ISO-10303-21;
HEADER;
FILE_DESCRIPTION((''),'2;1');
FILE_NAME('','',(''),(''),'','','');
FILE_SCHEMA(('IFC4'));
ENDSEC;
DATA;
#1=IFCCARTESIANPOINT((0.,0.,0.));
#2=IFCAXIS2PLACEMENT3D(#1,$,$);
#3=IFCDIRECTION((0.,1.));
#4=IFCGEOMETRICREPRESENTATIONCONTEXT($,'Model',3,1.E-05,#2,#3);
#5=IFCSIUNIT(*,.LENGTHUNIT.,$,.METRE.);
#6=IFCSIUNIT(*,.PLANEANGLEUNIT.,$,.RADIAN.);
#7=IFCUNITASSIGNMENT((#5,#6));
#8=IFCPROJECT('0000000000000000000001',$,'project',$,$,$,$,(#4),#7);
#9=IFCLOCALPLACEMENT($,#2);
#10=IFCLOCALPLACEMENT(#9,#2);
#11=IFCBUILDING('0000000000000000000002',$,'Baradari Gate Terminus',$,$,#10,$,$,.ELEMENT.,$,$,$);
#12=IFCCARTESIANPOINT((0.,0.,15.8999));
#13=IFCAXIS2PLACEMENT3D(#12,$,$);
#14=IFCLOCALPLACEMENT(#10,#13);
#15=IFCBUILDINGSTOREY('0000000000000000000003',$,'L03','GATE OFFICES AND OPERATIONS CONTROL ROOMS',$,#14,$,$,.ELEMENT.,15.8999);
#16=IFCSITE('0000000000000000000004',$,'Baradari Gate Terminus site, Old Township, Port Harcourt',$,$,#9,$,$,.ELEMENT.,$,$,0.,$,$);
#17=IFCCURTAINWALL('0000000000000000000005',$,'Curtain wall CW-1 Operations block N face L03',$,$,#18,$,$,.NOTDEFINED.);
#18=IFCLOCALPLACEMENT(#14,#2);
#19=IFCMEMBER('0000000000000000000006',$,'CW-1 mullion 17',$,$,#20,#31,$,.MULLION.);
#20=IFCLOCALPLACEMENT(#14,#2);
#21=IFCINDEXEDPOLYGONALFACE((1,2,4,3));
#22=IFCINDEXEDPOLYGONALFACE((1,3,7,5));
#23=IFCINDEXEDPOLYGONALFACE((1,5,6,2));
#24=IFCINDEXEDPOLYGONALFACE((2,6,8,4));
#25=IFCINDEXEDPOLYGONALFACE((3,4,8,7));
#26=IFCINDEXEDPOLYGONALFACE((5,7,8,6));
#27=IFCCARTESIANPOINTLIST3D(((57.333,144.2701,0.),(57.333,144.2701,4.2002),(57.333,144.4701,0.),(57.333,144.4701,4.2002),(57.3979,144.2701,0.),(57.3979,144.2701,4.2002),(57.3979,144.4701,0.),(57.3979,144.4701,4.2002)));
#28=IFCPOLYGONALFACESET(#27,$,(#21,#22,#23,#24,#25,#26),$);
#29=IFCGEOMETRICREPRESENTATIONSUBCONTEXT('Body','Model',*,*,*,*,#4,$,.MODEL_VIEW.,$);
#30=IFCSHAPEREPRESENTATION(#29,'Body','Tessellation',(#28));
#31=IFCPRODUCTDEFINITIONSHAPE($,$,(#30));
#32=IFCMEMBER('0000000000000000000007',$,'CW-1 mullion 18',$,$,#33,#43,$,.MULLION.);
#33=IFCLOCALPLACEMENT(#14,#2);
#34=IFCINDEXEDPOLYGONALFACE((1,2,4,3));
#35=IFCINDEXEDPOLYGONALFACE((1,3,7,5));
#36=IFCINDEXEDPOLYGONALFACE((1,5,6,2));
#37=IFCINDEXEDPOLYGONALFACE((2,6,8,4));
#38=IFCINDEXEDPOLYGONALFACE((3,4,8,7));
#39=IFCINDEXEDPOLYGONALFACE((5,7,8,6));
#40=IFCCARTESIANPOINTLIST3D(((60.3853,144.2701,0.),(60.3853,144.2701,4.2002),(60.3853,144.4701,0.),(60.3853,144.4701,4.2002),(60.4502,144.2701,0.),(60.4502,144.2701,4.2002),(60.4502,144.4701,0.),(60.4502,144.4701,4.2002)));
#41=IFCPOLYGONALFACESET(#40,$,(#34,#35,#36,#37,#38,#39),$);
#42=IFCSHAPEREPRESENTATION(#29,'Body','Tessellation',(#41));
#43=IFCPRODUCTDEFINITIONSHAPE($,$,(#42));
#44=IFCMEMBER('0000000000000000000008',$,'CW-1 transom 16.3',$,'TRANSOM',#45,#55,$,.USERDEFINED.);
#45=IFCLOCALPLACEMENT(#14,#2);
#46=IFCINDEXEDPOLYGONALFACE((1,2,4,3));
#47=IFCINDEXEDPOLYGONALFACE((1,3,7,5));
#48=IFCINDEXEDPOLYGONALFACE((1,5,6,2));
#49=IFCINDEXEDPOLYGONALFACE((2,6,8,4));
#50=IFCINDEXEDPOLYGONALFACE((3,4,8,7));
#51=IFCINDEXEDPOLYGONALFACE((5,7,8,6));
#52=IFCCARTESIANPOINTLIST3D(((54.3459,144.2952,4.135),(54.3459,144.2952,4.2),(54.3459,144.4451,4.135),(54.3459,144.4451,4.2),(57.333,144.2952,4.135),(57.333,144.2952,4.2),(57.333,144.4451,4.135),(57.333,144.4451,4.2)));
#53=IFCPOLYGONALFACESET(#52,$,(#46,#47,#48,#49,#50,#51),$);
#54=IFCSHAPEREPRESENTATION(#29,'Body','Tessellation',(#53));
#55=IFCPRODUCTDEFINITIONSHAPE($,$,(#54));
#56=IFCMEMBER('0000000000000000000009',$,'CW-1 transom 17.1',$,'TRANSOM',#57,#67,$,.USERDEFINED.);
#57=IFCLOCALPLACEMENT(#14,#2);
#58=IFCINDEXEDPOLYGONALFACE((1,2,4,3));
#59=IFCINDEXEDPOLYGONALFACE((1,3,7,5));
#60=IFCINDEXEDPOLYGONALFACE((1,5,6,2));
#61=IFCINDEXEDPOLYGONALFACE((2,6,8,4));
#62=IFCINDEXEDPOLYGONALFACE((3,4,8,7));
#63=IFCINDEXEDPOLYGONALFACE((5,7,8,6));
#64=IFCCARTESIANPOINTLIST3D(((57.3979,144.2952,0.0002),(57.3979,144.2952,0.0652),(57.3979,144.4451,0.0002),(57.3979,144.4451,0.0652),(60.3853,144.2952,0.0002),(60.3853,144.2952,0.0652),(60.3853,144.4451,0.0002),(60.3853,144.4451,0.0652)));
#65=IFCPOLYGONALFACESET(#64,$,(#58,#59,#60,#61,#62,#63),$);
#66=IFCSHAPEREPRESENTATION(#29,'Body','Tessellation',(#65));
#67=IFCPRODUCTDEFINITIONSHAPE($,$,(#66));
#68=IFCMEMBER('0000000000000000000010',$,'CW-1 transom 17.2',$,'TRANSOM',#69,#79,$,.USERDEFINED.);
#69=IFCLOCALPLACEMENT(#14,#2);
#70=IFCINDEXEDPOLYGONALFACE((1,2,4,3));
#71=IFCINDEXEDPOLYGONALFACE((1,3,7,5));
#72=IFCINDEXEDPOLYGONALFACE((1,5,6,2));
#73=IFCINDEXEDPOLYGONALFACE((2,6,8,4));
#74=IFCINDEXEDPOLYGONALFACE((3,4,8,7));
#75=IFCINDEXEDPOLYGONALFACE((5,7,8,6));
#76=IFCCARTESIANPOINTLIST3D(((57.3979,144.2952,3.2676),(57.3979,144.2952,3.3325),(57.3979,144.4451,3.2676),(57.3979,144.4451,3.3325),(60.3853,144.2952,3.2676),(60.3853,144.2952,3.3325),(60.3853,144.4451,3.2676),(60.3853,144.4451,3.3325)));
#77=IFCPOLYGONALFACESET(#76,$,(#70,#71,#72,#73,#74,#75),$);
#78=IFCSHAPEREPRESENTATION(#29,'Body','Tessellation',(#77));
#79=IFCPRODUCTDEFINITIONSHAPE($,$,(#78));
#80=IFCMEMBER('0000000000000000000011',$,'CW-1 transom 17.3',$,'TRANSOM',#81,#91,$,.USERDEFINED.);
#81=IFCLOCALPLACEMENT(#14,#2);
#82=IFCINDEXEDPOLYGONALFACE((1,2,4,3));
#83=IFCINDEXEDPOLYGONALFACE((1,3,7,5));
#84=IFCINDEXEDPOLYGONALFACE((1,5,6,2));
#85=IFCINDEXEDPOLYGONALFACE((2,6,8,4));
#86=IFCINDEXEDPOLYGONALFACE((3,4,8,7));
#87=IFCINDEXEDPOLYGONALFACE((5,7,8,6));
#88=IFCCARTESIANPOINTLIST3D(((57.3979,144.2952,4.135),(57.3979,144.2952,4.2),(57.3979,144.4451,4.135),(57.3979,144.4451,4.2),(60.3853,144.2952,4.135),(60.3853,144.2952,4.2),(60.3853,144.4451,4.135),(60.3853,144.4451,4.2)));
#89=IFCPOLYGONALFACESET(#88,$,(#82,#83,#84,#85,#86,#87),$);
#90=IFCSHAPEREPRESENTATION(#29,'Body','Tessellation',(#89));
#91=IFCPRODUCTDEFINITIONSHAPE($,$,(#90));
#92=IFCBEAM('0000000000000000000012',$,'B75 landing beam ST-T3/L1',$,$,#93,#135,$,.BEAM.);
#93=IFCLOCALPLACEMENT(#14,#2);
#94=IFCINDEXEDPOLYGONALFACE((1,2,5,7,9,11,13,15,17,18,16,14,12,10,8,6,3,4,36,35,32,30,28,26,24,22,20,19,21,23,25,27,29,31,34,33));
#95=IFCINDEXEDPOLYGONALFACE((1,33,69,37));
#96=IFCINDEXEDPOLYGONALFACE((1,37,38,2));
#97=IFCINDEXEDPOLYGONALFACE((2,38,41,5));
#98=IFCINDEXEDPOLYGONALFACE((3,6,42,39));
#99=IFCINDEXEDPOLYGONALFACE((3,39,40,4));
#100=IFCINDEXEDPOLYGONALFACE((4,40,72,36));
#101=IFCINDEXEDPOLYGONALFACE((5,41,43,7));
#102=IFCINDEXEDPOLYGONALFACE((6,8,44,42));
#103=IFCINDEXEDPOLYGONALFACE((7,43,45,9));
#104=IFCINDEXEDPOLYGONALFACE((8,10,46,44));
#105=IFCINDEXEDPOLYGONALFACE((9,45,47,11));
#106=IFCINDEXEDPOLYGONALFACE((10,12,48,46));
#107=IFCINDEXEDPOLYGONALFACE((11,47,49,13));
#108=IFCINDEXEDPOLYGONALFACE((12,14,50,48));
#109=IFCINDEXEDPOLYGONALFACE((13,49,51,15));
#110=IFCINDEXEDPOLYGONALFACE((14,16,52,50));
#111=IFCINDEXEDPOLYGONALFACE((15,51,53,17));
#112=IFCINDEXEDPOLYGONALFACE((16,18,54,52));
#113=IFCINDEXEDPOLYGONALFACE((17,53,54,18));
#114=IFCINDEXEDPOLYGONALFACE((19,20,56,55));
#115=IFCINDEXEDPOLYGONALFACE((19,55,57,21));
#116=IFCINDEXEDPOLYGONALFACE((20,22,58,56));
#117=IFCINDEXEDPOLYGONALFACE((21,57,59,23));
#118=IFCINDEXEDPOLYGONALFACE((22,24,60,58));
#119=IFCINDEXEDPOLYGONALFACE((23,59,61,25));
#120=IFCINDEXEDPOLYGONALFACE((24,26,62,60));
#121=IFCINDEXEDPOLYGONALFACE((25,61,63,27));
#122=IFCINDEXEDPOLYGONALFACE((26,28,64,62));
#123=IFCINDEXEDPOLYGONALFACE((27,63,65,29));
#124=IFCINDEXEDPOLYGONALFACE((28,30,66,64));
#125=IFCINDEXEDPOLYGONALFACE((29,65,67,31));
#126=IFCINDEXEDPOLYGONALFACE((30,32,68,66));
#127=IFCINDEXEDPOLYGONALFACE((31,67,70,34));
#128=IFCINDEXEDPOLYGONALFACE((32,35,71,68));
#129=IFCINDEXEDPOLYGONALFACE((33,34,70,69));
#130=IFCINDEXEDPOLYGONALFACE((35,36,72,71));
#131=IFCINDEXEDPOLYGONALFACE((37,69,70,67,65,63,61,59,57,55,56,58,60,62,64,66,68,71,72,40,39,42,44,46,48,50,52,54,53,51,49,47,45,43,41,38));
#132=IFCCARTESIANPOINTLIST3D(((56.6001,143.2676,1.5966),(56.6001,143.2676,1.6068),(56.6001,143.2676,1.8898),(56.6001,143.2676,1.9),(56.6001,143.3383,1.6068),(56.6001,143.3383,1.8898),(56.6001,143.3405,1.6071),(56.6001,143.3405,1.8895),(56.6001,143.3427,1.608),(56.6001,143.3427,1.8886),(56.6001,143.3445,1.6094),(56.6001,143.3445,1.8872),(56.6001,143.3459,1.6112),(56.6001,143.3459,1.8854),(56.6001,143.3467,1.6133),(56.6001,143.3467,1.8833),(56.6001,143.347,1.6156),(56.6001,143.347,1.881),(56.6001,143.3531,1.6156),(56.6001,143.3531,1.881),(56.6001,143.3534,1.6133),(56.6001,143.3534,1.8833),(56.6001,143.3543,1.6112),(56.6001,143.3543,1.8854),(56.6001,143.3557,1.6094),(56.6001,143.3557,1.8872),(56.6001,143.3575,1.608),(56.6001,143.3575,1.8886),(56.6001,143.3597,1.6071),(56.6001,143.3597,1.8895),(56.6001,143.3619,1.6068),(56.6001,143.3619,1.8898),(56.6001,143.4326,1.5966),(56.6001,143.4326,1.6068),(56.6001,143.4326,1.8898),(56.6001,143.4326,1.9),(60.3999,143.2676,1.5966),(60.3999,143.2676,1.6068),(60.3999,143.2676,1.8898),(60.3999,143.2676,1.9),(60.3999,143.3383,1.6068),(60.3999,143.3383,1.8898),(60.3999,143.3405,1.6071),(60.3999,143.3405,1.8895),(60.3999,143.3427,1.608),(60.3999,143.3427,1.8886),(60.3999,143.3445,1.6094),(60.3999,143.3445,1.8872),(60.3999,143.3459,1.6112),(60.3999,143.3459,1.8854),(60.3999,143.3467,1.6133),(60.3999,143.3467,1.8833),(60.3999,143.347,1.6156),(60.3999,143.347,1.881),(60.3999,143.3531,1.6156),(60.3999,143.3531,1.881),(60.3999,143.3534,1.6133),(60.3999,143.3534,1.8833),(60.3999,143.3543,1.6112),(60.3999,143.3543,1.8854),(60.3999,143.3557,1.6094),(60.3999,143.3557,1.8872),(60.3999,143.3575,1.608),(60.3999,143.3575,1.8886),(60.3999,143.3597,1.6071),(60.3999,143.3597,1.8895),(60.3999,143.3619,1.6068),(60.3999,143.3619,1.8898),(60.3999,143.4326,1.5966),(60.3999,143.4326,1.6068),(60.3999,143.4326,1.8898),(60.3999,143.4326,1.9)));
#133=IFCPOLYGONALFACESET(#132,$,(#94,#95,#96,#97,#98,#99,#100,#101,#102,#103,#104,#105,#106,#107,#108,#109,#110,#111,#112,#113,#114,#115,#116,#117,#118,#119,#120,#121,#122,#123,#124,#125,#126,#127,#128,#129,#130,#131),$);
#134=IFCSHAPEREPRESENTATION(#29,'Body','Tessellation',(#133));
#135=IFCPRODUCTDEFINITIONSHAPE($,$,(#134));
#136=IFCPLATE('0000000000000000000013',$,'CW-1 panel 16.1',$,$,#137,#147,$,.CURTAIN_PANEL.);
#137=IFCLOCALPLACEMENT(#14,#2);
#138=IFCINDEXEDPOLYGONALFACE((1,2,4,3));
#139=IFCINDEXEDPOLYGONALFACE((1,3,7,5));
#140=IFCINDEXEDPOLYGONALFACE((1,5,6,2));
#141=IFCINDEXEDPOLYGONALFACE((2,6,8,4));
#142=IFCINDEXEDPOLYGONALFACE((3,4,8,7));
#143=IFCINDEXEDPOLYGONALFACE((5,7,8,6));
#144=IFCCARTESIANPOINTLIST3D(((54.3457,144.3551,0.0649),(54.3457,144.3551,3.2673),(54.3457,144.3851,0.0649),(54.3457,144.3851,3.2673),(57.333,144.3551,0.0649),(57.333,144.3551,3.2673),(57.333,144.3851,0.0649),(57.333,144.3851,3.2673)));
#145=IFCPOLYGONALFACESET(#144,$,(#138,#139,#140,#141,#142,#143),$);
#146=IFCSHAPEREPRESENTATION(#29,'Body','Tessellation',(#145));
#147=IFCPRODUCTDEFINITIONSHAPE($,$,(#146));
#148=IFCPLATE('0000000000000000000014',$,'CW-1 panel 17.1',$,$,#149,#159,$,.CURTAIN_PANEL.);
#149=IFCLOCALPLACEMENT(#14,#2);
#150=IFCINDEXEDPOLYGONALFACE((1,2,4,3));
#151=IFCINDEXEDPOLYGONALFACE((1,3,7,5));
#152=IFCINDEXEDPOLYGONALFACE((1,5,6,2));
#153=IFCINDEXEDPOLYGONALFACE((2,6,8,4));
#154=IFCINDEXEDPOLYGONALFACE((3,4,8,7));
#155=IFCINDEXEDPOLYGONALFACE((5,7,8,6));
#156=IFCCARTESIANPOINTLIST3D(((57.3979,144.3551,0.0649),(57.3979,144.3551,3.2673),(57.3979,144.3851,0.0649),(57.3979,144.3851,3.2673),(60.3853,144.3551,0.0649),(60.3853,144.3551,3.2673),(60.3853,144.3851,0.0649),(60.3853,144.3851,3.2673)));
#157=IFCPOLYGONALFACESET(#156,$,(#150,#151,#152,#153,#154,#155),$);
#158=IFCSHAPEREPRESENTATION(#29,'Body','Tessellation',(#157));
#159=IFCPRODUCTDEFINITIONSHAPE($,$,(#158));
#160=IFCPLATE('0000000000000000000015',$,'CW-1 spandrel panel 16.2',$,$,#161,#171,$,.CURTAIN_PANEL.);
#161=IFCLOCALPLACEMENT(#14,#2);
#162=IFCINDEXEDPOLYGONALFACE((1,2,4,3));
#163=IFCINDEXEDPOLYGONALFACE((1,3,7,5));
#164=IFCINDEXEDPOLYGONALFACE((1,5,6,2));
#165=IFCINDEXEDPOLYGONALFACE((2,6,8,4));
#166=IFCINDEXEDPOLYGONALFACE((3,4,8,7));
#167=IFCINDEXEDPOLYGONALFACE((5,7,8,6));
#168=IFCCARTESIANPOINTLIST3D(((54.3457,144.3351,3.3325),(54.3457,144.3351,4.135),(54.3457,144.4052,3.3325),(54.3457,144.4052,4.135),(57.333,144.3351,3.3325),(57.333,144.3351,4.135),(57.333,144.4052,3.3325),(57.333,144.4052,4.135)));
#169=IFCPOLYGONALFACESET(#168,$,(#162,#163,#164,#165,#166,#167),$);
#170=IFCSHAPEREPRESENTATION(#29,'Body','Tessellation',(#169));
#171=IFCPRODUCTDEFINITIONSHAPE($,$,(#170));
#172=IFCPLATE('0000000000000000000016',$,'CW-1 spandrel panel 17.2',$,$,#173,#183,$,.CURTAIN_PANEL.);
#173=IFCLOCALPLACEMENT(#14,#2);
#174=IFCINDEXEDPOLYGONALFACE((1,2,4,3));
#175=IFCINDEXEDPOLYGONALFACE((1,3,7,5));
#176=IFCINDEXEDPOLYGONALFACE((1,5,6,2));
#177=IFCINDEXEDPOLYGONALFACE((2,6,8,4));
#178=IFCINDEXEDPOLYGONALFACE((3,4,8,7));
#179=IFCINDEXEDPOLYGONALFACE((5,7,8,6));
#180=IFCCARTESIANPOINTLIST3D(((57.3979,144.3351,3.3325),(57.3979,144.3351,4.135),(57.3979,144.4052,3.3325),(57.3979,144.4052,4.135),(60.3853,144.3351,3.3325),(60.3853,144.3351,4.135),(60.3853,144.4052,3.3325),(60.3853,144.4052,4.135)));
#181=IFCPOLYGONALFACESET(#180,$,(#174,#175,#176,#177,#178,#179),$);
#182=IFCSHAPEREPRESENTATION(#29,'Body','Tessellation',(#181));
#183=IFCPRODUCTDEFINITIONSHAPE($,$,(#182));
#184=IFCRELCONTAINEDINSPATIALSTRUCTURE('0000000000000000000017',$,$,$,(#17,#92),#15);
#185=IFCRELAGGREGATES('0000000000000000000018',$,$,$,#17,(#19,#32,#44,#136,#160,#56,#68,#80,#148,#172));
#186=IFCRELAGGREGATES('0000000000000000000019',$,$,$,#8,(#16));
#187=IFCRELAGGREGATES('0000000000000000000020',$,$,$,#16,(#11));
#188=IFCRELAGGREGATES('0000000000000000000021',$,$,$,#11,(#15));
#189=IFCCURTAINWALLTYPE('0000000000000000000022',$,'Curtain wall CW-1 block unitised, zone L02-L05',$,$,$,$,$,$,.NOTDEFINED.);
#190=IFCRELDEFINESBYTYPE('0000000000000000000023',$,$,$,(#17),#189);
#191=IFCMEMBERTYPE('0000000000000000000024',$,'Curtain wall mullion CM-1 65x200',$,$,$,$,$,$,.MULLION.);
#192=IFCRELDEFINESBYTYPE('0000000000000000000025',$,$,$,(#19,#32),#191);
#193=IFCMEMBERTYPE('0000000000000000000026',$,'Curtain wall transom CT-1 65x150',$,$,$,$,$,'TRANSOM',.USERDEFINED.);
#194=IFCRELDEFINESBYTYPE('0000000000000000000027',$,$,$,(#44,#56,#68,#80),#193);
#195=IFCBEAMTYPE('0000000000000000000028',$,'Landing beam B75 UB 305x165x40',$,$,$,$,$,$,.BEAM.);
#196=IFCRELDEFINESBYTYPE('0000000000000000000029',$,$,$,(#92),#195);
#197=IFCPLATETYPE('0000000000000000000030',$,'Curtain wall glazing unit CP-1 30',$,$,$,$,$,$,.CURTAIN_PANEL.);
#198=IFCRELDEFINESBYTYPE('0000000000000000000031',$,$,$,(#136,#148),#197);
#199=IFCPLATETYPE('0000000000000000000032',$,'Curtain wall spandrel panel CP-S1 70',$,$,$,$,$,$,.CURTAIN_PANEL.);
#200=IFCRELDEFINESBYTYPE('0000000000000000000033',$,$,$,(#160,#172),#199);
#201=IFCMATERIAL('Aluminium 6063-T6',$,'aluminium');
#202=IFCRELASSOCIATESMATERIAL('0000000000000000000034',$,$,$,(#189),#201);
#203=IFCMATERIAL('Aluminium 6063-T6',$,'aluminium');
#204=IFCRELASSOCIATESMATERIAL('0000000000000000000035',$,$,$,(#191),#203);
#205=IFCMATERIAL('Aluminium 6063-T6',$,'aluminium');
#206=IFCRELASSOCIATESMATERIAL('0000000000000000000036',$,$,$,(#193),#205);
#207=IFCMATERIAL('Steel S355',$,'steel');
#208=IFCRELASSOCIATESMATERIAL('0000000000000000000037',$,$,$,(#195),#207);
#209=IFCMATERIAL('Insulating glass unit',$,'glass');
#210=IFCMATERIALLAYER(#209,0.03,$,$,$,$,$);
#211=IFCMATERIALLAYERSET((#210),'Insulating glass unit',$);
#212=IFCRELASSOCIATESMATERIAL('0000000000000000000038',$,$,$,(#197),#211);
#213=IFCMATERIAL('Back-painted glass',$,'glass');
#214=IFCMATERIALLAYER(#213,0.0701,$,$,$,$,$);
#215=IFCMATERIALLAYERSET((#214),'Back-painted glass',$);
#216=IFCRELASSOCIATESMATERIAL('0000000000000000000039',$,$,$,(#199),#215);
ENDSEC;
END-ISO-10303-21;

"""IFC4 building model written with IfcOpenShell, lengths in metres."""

from ifc_helpers import new_model, si_unit, direction, frame, origin, origin_2d, place, context, subcontext, project, spatial, rectangle, i_section, extrude, material, layer, layer_set, material_profile, profile_set, type_object, element, aggregate, save


model = new_model("IFC4")

# Units and contexts
model_context = context("Model", 3, precision=1e-05, world=origin(), true_north=direction((0.0, 1.0)))
body_context = subcontext(model_context, "Body", "Model", "MODEL_VIEW")
ifc_project = project(units=[si_unit("LENGTHUNIT", "METRE"), si_unit("PLANEANGLEUNIT", "RADIAN")], contexts=[model_context])

# Site, building, storey
site_placement = place(None, origin())
site = spatial("IfcSite", under=ifc_project, at=site_placement, Name="Baradari Gate Terminus site, Old Township, Port Harcourt", CompositionType="ELEMENT", RefElevation=0.0)
building_placement = place(site_placement, origin())
building = spatial("IfcBuilding", under=site, at=building_placement, Name="Baradari Gate Terminus", CompositionType="ELEMENT")
storey_placement = place(building_placement, frame((0.0, 0.0, 15.8999)))
storey = spatial("IfcBuildingStorey", under=building, at=storey_placement, Name="L03", Description="GATE OFFICES AND OPERATIONS CONTROL ROOMS", CompositionType="ELEMENT", Elevation=15.8999)

# Curtain wall, members
ifc_material_1 = material(Name="Aluminium 6063-T6", Category="aluminium")
curtain_wall_type = type_object("IfcCurtainWallType", Name="Curtain wall CW-1 block unitised, zone L02-L05", PredefinedType="NOTDEFINED", material=ifc_material_1)
curtain_wall_placement = place(storey_placement, origin())
curtain_wall = element("IfcCurtainWall", 1, at=curtain_wall_placement, inside=storey, type_object=curtain_wall_type, Name="Curtain wall CW-1 Operations block N face L03", PredefinedType="NOTDEFINED")
ifc_material_2 = material(Name="Aluminium 6063-T6", Category="aluminium")
ifc_material_profile_1 = material_profile(ifc_material_2, rectangle(XDim=0.2, YDim=0.0649, at=origin_2d()), Name="CM-1 65X200")
ifc_profile_set_1 = profile_set([ifc_material_profile_1], Name="Aluminium 6063-T6")
member_type_1 = type_object("IfcMemberType", Name="Curtain wall mullion CM-1 65x200", PredefinedType="MULLION", material=ifc_profile_set_1)
member_1_placement = place(storey_placement, frame((57.3655, 144.3701, 0.0), z_axis=(0.0, 0.0, 1.0), x_axis=(0.0, 1.0, 0.0)))
member_1 = element("IfcMember", 2, at=member_1_placement, type_object=member_type_1, Name="CW-1 mullion 17", PredefinedType="MULLION", context=body_context, shape_type="SweptSolid", body=[
    extrude(rectangle(XDim=0.2, YDim=0.0649, at=origin_2d()), origin(), (0.0, 0.0, 1.0), 4.2002),
])
member_2_placement = place(storey_placement, frame((60.4177, 144.3701, 0.0), z_axis=(0.0, 0.0, 1.0), x_axis=(0.0, 1.0, 0.0)))
member_2 = element("IfcMember", 3, at=member_2_placement, type_object=member_type_1, Name="CW-1 mullion 18", PredefinedType="MULLION", context=body_context, shape_type="SweptSolid", body=[
    extrude(rectangle(XDim=0.2, YDim=0.0649, at=origin_2d()), origin(), (0.0, 0.0, 1.0), 4.2002),
])
ifc_material_3 = material(Name="Aluminium 6063-T6", Category="aluminium")
ifc_material_profile_2 = material_profile(ifc_material_3, rectangle(XDim=0.1499, YDim=0.0649, at=origin_2d()), Name="CT-1 65X150")
ifc_profile_set_2 = profile_set([ifc_material_profile_2], Name="Aluminium 6063-T6")
member_type_2 = type_object("IfcMemberType", Name="Curtain wall transom CT-1 65x150", ElementType="TRANSOM", PredefinedType="USERDEFINED", material=ifc_profile_set_2)
member_3_placement = place(storey_placement, frame((54.3459, 144.3701, 4.1675), z_axis=(1.0, 0.0, 0.0), x_axis=(0.0, 1.0, 0.0)))
member_3 = element("IfcMember", 4, at=member_3_placement, type_object=member_type_2, Name="CW-1 transom 16.3", ObjectType="TRANSOM", PredefinedType="USERDEFINED", context=body_context, shape_type="SweptSolid", body=[
    extrude(rectangle(XDim=0.1499, YDim=0.0649, at=origin_2d()), origin(), (0.0, 0.0, 1.0), 2.9871),
])
member_4_placement = place(storey_placement, frame((57.3979, 144.3701, 0.0327), z_axis=(1.0, 0.0, 0.0), x_axis=(0.0, 1.0, 0.0)))
member_4 = element("IfcMember", 5, at=member_4_placement, type_object=member_type_2, Name="CW-1 transom 17.1", ObjectType="TRANSOM", PredefinedType="USERDEFINED", context=body_context, shape_type="SweptSolid", body=[
    extrude(rectangle(XDim=0.1499, YDim=0.0649, at=origin_2d()), origin(), (0.0, 0.0, 1.0), 2.9873),
])
member_5_placement = place(storey_placement, frame((57.3979, 144.3701, 3.3), z_axis=(1.0, 0.0, 0.0), x_axis=(0.0, 1.0, 0.0)))
member_5 = element("IfcMember", 6, at=member_5_placement, type_object=member_type_2, Name="CW-1 transom 17.2", ObjectType="TRANSOM", PredefinedType="USERDEFINED", context=body_context, shape_type="SweptSolid", body=[
    extrude(rectangle(XDim=0.1499, YDim=0.0649, at=origin_2d()), origin(), (0.0, 0.0, 1.0), 2.9873),
])
member_6_placement = place(storey_placement, frame((57.3979, 144.3701, 4.1675), z_axis=(1.0, 0.0, 0.0), x_axis=(0.0, 1.0, 0.0)))
member_6 = element("IfcMember", 7, at=member_6_placement, type_object=member_type_2, Name="CW-1 transom 17.3", ObjectType="TRANSOM", PredefinedType="USERDEFINED", context=body_context, shape_type="SweptSolid", body=[
    extrude(rectangle(XDim=0.1499, YDim=0.0649, at=origin_2d()), origin(), (0.0, 0.0, 1.0), 2.9873),
])

# Beam
ifc_material_4 = material(Name="Steel S355", Category="steel")
ifc_material_profile_3 = material_profile(ifc_material_4, i_section(OverallWidth=0.165, OverallDepth=0.3035, WebThickness=0.0061, FlangeThickness=0.0103, FilletRadius=0.0088, at=origin_2d()), Name="UB 305x165x40")
ifc_profile_set_3 = profile_set([ifc_material_profile_3], Name="Steel S355")
beam_type = type_object("IfcBeamType", Name="Landing beam B75 UB 305x165x40", PredefinedType="BEAM", material=ifc_profile_set_3)
beam_placement = place(storey_placement, frame((56.6001, 143.3501, 1.7483), z_axis=(1.0, 0.0, 0.0), x_axis=(0.0, 1.0, 0.0)))
element("IfcBeam", 8, at=beam_placement, inside=storey, type_object=beam_type, Name="B75 landing beam ST-T3/L1", PredefinedType="BEAM", context=body_context, shape_type="SweptSolid", body=[
    extrude(i_section(OverallWidth=0.165, OverallDepth=0.3035, WebThickness=0.0061, FlangeThickness=0.0103, FilletRadius=0.0088, at=origin_2d()), origin(), (0.0, 0.0, 1.0), 3.7998),
])

# Plates
ifc_material_5 = material(Name="Insulating glass unit", Category="glass")
ifc_layer_1 = layer(ifc_material_5, 0.03)
ifc_layer_set_1 = layer_set([ifc_layer_1], Name="Insulating glass unit")
plate_type_1 = type_object("IfcPlateType", Name="Curtain wall glazing unit CP-1 30", PredefinedType="CURTAIN_PANEL", material=ifc_layer_set_1)
plate_1_placement = place(storey_placement, frame((55.8394, 144.3701, 0.0649), z_axis=(0.0, 0.0, 1.0), x_axis=(1.0, 0.0, 0.0)))
plate_1 = element("IfcPlate", 9, at=plate_1_placement, type_object=plate_type_1, Name="CW-1 panel 16.1", PredefinedType="CURTAIN_PANEL", context=body_context, shape_type="SweptSolid", body=[
    extrude(rectangle(XDim=2.9873, YDim=0.03, at=origin_2d()), origin(), (0.0, 0.0, 1.0), 3.2024),
])
plate_2_placement = place(storey_placement, frame((58.8916, 144.3701, 0.0649), z_axis=(0.0, 0.0, 1.0), x_axis=(1.0, 0.0, 0.0)))
plate_2 = element("IfcPlate", 10, at=plate_2_placement, type_object=plate_type_1, Name="CW-1 panel 17.1", PredefinedType="CURTAIN_PANEL", context=body_context, shape_type="SweptSolid", body=[
    extrude(rectangle(XDim=2.9873, YDim=0.03, at=origin_2d()), origin(), (0.0, 0.0, 1.0), 3.2024),
])
ifc_material_6 = material(Name="Back-painted glass", Category="glass")
ifc_layer_2 = layer(ifc_material_6, 0.0701)
ifc_layer_set_2 = layer_set([ifc_layer_2], Name="Back-painted glass")
plate_type_2 = type_object("IfcPlateType", Name="Curtain wall spandrel panel CP-S1 70", PredefinedType="CURTAIN_PANEL", material=ifc_layer_set_2)
plate_3_placement = place(storey_placement, frame((55.8394, 144.3701, 3.3325), z_axis=(0.0, 0.0, 1.0), x_axis=(1.0, 0.0, 0.0)))
plate_3 = element("IfcPlate", 11, at=plate_3_placement, type_object=plate_type_2, Name="CW-1 spandrel panel 16.2", PredefinedType="CURTAIN_PANEL", context=body_context, shape_type="SweptSolid", body=[
    extrude(rectangle(XDim=2.9873, YDim=0.0701, at=origin_2d()), origin(), (0.0, 0.0, 1.0), 0.8025),
])
plate_4_placement = place(storey_placement, frame((58.8916, 144.3701, 3.3325), z_axis=(0.0, 0.0, 1.0), x_axis=(1.0, 0.0, 0.0)))
plate_4 = element("IfcPlate", 12, at=plate_4_placement, type_object=plate_type_2, Name="CW-1 spandrel panel 17.2", PredefinedType="CURTAIN_PANEL", context=body_context, shape_type="SweptSolid", body=[
    extrude(rectangle(XDim=2.9873, YDim=0.0701, at=origin_2d()), origin(), (0.0, 0.0, 1.0), 0.8025),
])
aggregate(curtain_wall, [member_1, member_2, member_3, plate_1, plate_3, member_4, member_5, member_6, plate_2, plate_4])

save(model, "model.ifc")
